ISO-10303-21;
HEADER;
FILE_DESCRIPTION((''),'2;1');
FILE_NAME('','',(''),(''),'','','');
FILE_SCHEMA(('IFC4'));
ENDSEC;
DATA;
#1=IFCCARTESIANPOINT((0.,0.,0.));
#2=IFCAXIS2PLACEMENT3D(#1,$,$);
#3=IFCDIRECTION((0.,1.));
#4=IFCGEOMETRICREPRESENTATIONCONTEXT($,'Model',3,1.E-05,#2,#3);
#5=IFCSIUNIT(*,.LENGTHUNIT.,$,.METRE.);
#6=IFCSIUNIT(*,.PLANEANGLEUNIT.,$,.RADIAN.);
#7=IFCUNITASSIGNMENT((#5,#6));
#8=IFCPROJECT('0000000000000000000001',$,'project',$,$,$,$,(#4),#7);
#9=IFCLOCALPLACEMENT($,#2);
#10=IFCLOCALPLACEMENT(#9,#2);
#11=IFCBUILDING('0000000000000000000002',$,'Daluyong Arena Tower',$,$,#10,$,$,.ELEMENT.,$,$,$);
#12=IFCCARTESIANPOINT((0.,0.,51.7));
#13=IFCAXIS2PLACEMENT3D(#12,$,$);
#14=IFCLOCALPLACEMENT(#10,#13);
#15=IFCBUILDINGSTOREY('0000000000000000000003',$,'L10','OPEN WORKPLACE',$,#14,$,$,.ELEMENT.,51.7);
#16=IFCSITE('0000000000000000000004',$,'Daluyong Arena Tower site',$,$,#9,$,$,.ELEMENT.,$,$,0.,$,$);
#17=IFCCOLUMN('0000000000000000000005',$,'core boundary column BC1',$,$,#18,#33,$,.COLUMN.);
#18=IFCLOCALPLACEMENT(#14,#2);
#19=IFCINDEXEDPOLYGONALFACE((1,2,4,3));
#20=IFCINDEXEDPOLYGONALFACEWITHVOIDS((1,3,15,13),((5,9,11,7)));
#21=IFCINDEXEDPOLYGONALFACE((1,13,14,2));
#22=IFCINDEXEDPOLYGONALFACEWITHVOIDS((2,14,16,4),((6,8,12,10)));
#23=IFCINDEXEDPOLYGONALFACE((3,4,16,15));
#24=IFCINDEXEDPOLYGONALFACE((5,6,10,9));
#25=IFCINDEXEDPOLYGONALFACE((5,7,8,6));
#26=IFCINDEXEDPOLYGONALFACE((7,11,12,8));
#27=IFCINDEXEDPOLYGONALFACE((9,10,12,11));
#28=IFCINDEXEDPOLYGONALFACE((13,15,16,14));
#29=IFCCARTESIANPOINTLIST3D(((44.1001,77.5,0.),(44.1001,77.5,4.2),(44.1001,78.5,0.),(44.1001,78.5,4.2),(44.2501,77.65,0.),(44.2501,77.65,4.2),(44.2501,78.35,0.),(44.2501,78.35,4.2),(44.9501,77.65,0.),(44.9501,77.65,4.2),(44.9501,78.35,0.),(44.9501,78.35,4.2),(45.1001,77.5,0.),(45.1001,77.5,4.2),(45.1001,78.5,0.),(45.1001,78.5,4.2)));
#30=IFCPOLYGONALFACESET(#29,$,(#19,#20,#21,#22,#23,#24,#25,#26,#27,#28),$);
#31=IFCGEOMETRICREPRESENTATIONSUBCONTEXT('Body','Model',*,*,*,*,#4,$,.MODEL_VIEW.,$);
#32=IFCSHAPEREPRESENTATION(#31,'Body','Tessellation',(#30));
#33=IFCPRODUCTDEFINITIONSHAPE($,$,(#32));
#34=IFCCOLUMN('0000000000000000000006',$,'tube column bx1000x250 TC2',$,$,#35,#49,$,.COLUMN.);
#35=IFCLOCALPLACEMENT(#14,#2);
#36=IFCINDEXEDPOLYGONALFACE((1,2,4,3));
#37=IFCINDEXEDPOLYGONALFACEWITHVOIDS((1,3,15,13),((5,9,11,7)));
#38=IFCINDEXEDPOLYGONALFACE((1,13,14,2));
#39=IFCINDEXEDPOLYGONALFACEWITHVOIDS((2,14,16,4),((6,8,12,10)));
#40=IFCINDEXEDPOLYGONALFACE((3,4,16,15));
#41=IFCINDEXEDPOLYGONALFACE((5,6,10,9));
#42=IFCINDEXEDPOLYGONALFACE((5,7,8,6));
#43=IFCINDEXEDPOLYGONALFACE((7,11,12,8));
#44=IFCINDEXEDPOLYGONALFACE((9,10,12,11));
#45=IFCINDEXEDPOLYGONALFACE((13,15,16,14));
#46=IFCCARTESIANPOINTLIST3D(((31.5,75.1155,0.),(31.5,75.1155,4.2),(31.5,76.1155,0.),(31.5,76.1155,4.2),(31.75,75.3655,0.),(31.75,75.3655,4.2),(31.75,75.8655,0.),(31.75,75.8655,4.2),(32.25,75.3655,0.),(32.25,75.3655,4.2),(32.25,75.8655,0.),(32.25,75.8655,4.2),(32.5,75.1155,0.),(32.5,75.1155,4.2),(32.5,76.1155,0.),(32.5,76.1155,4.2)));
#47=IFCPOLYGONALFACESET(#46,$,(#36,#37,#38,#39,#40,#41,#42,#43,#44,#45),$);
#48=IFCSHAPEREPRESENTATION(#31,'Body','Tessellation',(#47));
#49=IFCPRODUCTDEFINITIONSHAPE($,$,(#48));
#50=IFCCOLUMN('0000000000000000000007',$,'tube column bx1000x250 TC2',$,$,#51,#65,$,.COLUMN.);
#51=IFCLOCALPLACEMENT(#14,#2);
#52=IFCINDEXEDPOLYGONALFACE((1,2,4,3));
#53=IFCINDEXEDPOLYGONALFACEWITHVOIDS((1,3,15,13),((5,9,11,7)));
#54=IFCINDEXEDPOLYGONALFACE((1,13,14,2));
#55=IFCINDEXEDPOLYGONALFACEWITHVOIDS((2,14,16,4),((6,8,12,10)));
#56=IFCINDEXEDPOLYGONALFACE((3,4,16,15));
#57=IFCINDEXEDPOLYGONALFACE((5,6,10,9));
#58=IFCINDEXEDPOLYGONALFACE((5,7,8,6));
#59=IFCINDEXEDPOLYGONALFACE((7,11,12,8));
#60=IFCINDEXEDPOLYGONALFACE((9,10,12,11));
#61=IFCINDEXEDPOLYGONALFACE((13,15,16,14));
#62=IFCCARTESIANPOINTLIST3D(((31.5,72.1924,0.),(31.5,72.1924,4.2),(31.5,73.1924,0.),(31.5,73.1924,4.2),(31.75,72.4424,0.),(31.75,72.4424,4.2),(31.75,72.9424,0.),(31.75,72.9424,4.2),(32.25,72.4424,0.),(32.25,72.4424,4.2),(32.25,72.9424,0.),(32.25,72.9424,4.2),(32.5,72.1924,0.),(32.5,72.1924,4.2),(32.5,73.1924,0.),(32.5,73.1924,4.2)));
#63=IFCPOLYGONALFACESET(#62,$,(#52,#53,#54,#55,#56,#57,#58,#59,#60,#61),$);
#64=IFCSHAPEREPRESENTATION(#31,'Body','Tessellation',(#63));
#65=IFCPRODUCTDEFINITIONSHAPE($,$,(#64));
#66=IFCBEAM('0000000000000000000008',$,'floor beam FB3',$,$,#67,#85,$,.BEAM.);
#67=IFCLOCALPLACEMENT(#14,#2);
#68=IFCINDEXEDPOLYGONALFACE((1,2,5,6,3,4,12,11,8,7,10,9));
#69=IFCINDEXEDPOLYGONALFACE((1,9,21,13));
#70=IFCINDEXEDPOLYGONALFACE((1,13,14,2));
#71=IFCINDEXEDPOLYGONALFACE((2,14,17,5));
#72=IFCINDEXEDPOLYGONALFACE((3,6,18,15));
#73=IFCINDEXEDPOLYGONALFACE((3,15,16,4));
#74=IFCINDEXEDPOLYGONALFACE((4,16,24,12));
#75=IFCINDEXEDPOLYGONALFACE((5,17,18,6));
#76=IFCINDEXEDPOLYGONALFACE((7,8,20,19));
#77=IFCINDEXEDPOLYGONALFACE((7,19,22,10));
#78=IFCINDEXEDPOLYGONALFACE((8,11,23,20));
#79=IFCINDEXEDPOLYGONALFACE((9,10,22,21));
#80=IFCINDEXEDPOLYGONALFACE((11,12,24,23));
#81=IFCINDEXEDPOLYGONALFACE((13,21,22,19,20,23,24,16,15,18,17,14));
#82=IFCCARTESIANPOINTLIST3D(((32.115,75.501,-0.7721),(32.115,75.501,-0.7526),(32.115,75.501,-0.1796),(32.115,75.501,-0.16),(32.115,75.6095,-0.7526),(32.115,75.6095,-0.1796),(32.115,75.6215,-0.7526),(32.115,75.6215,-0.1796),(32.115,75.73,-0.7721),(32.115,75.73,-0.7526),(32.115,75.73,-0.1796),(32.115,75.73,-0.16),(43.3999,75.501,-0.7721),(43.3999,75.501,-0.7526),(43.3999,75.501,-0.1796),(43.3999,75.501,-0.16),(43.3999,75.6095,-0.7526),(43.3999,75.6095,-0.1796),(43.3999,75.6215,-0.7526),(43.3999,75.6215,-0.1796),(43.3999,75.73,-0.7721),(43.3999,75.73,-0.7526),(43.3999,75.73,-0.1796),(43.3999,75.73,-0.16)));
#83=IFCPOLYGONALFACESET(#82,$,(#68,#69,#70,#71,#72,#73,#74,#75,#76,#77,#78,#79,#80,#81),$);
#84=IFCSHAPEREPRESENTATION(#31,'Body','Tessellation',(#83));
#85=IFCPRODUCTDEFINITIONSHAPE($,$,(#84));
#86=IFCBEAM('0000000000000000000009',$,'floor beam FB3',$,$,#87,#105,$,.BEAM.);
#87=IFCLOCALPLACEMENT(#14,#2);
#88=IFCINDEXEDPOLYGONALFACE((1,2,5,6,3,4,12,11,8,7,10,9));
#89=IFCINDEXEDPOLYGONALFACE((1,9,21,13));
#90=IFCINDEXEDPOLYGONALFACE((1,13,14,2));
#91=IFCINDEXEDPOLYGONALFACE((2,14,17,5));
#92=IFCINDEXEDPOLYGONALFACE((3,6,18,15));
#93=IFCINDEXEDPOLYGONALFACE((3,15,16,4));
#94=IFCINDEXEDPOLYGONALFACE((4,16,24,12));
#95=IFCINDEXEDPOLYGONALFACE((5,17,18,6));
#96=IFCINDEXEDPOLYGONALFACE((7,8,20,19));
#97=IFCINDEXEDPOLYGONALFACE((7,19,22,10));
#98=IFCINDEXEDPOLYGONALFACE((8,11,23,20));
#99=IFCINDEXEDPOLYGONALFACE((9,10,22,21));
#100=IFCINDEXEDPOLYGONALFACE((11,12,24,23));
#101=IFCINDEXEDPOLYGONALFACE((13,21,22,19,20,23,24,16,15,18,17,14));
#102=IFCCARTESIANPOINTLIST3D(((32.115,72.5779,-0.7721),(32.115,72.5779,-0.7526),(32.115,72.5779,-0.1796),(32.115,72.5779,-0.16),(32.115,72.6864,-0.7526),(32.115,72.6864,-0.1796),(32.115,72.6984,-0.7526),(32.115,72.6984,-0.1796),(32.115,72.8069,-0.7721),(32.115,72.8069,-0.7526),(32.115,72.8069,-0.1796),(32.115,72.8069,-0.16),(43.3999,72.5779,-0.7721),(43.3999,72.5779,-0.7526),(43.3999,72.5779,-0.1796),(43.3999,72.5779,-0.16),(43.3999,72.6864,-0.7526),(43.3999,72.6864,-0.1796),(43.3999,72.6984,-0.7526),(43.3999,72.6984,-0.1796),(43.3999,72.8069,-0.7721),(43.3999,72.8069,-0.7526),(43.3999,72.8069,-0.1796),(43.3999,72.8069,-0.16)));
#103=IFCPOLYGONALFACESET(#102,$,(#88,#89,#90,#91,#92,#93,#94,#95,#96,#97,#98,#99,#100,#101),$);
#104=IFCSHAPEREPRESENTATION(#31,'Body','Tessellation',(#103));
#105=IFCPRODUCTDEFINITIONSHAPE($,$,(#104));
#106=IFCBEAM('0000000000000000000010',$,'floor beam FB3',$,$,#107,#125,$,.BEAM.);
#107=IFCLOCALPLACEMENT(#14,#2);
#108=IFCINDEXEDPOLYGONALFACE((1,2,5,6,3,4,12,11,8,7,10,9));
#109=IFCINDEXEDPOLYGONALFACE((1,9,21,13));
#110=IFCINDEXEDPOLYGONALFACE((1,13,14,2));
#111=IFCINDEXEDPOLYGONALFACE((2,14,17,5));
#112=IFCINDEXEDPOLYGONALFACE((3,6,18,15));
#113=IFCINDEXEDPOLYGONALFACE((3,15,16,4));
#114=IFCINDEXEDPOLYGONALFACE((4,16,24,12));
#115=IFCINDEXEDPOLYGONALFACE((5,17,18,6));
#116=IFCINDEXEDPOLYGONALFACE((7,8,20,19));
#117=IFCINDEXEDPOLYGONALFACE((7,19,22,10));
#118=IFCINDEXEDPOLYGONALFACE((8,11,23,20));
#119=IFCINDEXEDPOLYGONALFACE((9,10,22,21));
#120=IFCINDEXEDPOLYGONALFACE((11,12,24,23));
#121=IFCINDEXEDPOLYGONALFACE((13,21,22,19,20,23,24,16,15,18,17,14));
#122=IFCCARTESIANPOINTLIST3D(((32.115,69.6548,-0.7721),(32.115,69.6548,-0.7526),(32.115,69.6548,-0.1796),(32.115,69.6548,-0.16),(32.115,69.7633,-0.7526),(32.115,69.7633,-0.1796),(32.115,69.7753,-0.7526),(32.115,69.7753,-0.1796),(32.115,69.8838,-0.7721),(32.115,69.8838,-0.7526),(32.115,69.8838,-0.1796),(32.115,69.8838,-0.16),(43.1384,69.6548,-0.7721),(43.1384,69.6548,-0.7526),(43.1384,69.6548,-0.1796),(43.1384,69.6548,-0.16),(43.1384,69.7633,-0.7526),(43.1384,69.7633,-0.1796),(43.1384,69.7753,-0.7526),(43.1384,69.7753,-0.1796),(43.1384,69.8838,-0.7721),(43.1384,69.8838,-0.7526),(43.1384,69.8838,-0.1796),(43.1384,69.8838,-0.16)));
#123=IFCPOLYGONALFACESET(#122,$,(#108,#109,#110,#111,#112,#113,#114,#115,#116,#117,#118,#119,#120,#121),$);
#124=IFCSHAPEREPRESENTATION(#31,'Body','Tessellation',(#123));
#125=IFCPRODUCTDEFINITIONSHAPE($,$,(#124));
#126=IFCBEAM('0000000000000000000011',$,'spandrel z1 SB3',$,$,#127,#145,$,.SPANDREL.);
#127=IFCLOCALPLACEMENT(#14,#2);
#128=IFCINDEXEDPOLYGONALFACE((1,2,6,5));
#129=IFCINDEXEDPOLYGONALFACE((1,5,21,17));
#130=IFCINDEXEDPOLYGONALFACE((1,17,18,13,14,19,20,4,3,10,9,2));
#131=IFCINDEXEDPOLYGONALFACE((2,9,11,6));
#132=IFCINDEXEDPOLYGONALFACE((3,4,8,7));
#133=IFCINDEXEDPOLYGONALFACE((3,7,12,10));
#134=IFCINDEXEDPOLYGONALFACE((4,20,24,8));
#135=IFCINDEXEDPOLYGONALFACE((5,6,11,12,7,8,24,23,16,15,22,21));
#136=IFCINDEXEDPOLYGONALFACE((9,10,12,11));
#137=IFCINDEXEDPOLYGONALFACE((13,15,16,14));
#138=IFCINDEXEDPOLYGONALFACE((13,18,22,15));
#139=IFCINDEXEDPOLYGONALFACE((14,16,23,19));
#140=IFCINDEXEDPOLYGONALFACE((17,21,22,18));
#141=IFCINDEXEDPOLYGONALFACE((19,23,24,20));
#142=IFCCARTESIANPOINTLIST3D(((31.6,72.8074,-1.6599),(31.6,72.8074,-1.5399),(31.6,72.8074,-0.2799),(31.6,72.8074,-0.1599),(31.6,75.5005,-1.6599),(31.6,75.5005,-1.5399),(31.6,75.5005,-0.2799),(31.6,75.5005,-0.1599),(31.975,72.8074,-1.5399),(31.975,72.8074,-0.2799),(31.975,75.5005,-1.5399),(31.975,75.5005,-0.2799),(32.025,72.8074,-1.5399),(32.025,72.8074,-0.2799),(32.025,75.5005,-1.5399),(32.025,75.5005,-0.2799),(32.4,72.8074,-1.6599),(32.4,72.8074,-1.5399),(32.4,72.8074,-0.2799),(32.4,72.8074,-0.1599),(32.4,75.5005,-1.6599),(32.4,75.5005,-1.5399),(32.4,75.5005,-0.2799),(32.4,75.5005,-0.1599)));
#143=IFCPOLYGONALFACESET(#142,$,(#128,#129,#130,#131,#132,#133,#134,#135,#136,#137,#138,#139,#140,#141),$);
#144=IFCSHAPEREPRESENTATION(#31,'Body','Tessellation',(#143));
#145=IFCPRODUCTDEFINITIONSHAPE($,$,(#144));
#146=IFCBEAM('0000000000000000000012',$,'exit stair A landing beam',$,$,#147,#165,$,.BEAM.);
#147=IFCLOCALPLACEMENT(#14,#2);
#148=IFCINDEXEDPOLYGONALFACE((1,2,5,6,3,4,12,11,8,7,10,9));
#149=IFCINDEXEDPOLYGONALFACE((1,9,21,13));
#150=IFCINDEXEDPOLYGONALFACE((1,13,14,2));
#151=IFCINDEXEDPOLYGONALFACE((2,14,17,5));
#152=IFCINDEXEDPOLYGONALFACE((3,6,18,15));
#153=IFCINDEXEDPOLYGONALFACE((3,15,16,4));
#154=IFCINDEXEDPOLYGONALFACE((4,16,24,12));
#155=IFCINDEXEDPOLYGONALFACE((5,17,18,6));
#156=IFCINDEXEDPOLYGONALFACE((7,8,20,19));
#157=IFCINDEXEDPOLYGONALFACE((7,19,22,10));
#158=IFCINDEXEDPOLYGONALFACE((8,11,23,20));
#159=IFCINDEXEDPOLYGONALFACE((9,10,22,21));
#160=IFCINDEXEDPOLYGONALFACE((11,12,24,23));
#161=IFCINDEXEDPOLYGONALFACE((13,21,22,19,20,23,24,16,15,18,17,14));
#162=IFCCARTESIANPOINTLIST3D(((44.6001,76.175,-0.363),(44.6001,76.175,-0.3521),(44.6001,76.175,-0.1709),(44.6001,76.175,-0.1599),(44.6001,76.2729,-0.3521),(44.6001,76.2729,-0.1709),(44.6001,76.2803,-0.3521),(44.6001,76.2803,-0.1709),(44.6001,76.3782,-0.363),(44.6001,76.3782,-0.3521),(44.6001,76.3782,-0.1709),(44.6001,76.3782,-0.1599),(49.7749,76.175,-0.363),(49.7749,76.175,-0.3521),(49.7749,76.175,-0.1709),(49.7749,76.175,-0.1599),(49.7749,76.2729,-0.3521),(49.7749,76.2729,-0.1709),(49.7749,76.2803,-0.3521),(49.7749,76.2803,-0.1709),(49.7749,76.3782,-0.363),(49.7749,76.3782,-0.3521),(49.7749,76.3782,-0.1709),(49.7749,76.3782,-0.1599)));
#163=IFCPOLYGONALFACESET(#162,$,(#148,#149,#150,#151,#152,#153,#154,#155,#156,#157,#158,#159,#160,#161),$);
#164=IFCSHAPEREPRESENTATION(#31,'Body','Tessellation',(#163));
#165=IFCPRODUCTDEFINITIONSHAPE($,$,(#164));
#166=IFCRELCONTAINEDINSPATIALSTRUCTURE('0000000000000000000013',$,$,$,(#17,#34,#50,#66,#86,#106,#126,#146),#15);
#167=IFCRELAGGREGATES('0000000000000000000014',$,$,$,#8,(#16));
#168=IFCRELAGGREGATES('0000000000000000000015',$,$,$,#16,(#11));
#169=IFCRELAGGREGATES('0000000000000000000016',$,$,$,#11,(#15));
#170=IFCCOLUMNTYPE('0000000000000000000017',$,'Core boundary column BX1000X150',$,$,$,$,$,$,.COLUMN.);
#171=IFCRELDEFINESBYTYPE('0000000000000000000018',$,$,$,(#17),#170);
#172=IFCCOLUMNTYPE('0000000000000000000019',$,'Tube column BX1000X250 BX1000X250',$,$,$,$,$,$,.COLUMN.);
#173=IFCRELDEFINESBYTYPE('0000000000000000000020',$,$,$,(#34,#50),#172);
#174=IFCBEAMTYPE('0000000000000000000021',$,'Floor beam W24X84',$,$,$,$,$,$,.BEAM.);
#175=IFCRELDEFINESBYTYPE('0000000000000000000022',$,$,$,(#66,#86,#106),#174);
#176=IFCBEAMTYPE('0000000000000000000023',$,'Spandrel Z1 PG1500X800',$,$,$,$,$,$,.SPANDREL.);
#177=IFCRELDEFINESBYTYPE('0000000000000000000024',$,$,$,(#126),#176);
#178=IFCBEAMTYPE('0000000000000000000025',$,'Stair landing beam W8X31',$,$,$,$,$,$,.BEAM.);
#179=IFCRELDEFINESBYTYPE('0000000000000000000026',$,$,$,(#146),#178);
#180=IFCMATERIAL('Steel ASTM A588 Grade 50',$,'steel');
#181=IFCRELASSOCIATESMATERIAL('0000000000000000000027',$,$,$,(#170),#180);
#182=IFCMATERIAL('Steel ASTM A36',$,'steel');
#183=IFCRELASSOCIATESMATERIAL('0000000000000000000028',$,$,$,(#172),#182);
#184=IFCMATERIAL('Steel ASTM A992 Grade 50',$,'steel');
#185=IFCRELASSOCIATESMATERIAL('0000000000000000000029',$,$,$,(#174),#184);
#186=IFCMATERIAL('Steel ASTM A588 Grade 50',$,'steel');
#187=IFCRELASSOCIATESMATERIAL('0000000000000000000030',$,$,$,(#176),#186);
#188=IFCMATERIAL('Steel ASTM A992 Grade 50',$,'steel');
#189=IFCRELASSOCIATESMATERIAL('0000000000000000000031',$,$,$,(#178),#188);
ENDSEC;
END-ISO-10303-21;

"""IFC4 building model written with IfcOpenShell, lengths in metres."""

from ifc_helpers import new_model, si_unit, direction, frame, origin, origin_2d, place, context, subcontext, project, spatial, hollow_rectangle, i_section, extrude, material, material_profile, profile_set, type_object, element, save


model = new_model("IFC4")

# Units and contexts
model_context = context("Model", 3, precision=1e-05, world=origin(), true_north=direction((0.0, 1.0)))
body_context = subcontext(model_context, "Body", "Model", "MODEL_VIEW")
ifc_project = project(units=[si_unit("LENGTHUNIT", "METRE"), si_unit("PLANEANGLEUNIT", "RADIAN")], contexts=[model_context])

# Site, building, storey
site_placement = place(None, origin())
site = spatial("IfcSite", under=ifc_project, at=site_placement, Name="Daluyong Arena Tower site", CompositionType="ELEMENT", RefElevation=0.0)
building_placement = place(site_placement, origin())
building = spatial("IfcBuilding", under=site, at=building_placement, Name="Daluyong Arena Tower", CompositionType="ELEMENT")
storey_placement = place(building_placement, frame((0.0, 0.0, 51.7)))
storey = spatial("IfcBuildingStorey", under=building, at=storey_placement, Name="L10", Description="OPEN WORKPLACE", CompositionType="ELEMENT", Elevation=51.7)

# Columns
ifc_material_1 = material(Name="Steel ASTM A588 Grade 50", Category="steel")
ifc_material_profile_1 = material_profile(ifc_material_1, hollow_rectangle(XDim=1.0, YDim=1.0, WallThickness=0.15, at=origin_2d()))
ifc_profile_set_1 = profile_set([ifc_material_profile_1], Name="Steel ASTM A588 Grade 50")
column_type_1 = type_object("IfcColumnType", Name="Core boundary column BX1000X150", PredefinedType="COLUMN", material=ifc_profile_set_1)
column_placement = place(storey_placement, frame((44.6001, 78.0, 0.0), z_axis=(0.0, 0.0, 1.0), x_axis=(1.0, 0.0, 0.0)))
element("IfcColumn", 1, at=column_placement, inside=storey, type_object=column_type_1, Name="core boundary column BC1", PredefinedType="COLUMN", context=body_context, shape_type="SweptSolid", body=[
    extrude(hollow_rectangle(XDim=1.0, YDim=1.0, WallThickness=0.15, at=origin_2d()), origin(), (0.0, 0.0, 1.0), 4.2),
])
ifc_material_2 = material(Name="Steel ASTM A36", Category="steel")
ifc_material_profile_2 = material_profile(ifc_material_2, hollow_rectangle(XDim=1.0, YDim=1.0, WallThickness=0.25, at=origin_2d()))
ifc_profile_set_2 = profile_set([ifc_material_profile_2], Name="Steel ASTM A36")
column_type_2 = type_object("IfcColumnType", Name="Tube column BX1000X250 BX1000X250", PredefinedType="COLUMN", material=ifc_profile_set_2)
for number, where, z_axis, x_axis, name in (
    (2, (32.0, 75.6155, 0.0), (0.0, 0.0, 1.0), (0.0, 1.0, 0.0), "tube column bx1000x250 TC2"),
    (3, (32.0, 72.6924, 0.0), (0.0, 0.0, 1.0), (0.0, 1.0, 0.0), "tube column bx1000x250 TC2"),
):
    element("IfcColumn", number, at=place(storey_placement, frame(where, z_axis=z_axis, x_axis=x_axis)), inside=storey, type_object=column_type_2, Name=name, PredefinedType="COLUMN", context=body_context, shape_type="SweptSolid", body=[
        extrude(hollow_rectangle(XDim=1.0, YDim=1.0, WallThickness=0.25, at=origin_2d()), origin(), (0.0, 0.0, 1.0), 4.2),
    ])

# Beams
ifc_material_3 = material(Name="Steel ASTM A992 Grade 50", Category="steel")
ifc_material_profile_3 = material_profile(ifc_material_3, i_section(OverallWidth=0.229, OverallDepth=0.6121, WebThickness=0.012, FlangeThickness=0.0195, at=origin_2d()))
ifc_profile_set_3 = profile_set([ifc_material_profile_3], Name="Steel ASTM A992 Grade 50")
beam_type_1 = type_object("IfcBeamType", Name="Floor beam W24X84", PredefinedType="BEAM", material=ifc_profile_set_3)
for number, where, z_axis, x_axis, name in (
    (4, (32.115, 75.6155, -0.4661), (1.0, 0.0, 0.0), (0.0, 1.0, 0.0), "floor beam FB3"),
    (5, (32.115, 72.6924, -0.4661), (1.0, 0.0, 0.0), (0.0, 1.0, 0.0), "floor beam FB3"),
):
    element("IfcBeam", number, at=place(storey_placement, frame(where, z_axis=z_axis, x_axis=x_axis)), inside=storey, type_object=beam_type_1, Name=name, PredefinedType="BEAM", context=body_context, shape_type="SweptSolid", body=[
        extrude(i_section(OverallWidth=0.229, OverallDepth=0.6121, WebThickness=0.012, FlangeThickness=0.0195, at=origin_2d()), origin(), (0.0, 0.0, 1.0), 11.2849),
    ])
beam_1_placement = place(storey_placement, frame((32.115, 69.7693, -0.4661), z_axis=(1.0, 0.0, 0.0), x_axis=(0.0, 1.0, 0.0)))
element("IfcBeam", 6, at=beam_1_placement, inside=storey, type_object=beam_type_1, Name="floor beam FB3", PredefinedType="BEAM", context=body_context, shape_type="SweptSolid", body=[
    extrude(i_section(OverallWidth=0.229, OverallDepth=0.6121, WebThickness=0.012, FlangeThickness=0.0195, at=origin_2d()), origin(), (0.0, 0.0, 1.0), 11.0234),
])
ifc_material_4 = material(Name="Steel ASTM A588 Grade 50", Category="steel")
ifc_material_profile_4 = material_profile(ifc_material_4, i_section(OverallWidth=0.8, OverallDepth=1.5, WebThickness=0.05, FlangeThickness=0.12, at=origin_2d()))
ifc_profile_set_4 = profile_set([ifc_material_profile_4], Name="Steel ASTM A588 Grade 50")
beam_type_2 = type_object("IfcBeamType", Name="Spandrel Z1 PG1500X800", PredefinedType="SPANDREL", material=ifc_profile_set_4)
beam_2_placement = place(storey_placement, frame((32.0, 75.5005, -0.9099), z_axis=(0.0, -1.0, 0.0), x_axis=(1.0, 0.0, 0.0)))
element("IfcBeam", 7, at=beam_2_placement, inside=storey, type_object=beam_type_2, Name="spandrel z1 SB3", PredefinedType="SPANDREL", context=body_context, shape_type="SweptSolid", body=[
    extrude(i_section(OverallWidth=0.8, OverallDepth=1.5, WebThickness=0.05, FlangeThickness=0.12, at=origin_2d()), origin(), (0.0, 0.0, 1.0), 2.6931),
])
ifc_material_5 = material(Name="Steel ASTM A992 Grade 50", Category="steel")
ifc_material_profile_5 = material_profile(ifc_material_5, i_section(OverallWidth=0.2031, OverallDepth=0.2031, WebThickness=0.0073, FlangeThickness=0.011, at=origin_2d()))
ifc_profile_set_5 = profile_set([ifc_material_profile_5], Name="Steel ASTM A992 Grade 50")
beam_type_3 = type_object("IfcBeamType", Name="Stair landing beam W8X31", PredefinedType="BEAM", material=ifc_profile_set_5)
beam_3_placement = place(storey_placement, frame((44.6001, 76.2766, -0.2615), z_axis=(1.0, 0.0, 0.0), x_axis=(0.0, 1.0, 0.0)))
element("IfcBeam", 8, at=beam_3_placement, inside=storey, type_object=beam_type_3, Name="exit stair A landing beam", PredefinedType="BEAM", context=body_context, shape_type="SweptSolid", body=[
    extrude(i_section(OverallWidth=0.2031, OverallDepth=0.2031, WebThickness=0.0073, FlangeThickness=0.011, at=origin_2d()), origin(), (0.0, 0.0, 1.0), 5.1748),
])

save(model, "model.ifc")
